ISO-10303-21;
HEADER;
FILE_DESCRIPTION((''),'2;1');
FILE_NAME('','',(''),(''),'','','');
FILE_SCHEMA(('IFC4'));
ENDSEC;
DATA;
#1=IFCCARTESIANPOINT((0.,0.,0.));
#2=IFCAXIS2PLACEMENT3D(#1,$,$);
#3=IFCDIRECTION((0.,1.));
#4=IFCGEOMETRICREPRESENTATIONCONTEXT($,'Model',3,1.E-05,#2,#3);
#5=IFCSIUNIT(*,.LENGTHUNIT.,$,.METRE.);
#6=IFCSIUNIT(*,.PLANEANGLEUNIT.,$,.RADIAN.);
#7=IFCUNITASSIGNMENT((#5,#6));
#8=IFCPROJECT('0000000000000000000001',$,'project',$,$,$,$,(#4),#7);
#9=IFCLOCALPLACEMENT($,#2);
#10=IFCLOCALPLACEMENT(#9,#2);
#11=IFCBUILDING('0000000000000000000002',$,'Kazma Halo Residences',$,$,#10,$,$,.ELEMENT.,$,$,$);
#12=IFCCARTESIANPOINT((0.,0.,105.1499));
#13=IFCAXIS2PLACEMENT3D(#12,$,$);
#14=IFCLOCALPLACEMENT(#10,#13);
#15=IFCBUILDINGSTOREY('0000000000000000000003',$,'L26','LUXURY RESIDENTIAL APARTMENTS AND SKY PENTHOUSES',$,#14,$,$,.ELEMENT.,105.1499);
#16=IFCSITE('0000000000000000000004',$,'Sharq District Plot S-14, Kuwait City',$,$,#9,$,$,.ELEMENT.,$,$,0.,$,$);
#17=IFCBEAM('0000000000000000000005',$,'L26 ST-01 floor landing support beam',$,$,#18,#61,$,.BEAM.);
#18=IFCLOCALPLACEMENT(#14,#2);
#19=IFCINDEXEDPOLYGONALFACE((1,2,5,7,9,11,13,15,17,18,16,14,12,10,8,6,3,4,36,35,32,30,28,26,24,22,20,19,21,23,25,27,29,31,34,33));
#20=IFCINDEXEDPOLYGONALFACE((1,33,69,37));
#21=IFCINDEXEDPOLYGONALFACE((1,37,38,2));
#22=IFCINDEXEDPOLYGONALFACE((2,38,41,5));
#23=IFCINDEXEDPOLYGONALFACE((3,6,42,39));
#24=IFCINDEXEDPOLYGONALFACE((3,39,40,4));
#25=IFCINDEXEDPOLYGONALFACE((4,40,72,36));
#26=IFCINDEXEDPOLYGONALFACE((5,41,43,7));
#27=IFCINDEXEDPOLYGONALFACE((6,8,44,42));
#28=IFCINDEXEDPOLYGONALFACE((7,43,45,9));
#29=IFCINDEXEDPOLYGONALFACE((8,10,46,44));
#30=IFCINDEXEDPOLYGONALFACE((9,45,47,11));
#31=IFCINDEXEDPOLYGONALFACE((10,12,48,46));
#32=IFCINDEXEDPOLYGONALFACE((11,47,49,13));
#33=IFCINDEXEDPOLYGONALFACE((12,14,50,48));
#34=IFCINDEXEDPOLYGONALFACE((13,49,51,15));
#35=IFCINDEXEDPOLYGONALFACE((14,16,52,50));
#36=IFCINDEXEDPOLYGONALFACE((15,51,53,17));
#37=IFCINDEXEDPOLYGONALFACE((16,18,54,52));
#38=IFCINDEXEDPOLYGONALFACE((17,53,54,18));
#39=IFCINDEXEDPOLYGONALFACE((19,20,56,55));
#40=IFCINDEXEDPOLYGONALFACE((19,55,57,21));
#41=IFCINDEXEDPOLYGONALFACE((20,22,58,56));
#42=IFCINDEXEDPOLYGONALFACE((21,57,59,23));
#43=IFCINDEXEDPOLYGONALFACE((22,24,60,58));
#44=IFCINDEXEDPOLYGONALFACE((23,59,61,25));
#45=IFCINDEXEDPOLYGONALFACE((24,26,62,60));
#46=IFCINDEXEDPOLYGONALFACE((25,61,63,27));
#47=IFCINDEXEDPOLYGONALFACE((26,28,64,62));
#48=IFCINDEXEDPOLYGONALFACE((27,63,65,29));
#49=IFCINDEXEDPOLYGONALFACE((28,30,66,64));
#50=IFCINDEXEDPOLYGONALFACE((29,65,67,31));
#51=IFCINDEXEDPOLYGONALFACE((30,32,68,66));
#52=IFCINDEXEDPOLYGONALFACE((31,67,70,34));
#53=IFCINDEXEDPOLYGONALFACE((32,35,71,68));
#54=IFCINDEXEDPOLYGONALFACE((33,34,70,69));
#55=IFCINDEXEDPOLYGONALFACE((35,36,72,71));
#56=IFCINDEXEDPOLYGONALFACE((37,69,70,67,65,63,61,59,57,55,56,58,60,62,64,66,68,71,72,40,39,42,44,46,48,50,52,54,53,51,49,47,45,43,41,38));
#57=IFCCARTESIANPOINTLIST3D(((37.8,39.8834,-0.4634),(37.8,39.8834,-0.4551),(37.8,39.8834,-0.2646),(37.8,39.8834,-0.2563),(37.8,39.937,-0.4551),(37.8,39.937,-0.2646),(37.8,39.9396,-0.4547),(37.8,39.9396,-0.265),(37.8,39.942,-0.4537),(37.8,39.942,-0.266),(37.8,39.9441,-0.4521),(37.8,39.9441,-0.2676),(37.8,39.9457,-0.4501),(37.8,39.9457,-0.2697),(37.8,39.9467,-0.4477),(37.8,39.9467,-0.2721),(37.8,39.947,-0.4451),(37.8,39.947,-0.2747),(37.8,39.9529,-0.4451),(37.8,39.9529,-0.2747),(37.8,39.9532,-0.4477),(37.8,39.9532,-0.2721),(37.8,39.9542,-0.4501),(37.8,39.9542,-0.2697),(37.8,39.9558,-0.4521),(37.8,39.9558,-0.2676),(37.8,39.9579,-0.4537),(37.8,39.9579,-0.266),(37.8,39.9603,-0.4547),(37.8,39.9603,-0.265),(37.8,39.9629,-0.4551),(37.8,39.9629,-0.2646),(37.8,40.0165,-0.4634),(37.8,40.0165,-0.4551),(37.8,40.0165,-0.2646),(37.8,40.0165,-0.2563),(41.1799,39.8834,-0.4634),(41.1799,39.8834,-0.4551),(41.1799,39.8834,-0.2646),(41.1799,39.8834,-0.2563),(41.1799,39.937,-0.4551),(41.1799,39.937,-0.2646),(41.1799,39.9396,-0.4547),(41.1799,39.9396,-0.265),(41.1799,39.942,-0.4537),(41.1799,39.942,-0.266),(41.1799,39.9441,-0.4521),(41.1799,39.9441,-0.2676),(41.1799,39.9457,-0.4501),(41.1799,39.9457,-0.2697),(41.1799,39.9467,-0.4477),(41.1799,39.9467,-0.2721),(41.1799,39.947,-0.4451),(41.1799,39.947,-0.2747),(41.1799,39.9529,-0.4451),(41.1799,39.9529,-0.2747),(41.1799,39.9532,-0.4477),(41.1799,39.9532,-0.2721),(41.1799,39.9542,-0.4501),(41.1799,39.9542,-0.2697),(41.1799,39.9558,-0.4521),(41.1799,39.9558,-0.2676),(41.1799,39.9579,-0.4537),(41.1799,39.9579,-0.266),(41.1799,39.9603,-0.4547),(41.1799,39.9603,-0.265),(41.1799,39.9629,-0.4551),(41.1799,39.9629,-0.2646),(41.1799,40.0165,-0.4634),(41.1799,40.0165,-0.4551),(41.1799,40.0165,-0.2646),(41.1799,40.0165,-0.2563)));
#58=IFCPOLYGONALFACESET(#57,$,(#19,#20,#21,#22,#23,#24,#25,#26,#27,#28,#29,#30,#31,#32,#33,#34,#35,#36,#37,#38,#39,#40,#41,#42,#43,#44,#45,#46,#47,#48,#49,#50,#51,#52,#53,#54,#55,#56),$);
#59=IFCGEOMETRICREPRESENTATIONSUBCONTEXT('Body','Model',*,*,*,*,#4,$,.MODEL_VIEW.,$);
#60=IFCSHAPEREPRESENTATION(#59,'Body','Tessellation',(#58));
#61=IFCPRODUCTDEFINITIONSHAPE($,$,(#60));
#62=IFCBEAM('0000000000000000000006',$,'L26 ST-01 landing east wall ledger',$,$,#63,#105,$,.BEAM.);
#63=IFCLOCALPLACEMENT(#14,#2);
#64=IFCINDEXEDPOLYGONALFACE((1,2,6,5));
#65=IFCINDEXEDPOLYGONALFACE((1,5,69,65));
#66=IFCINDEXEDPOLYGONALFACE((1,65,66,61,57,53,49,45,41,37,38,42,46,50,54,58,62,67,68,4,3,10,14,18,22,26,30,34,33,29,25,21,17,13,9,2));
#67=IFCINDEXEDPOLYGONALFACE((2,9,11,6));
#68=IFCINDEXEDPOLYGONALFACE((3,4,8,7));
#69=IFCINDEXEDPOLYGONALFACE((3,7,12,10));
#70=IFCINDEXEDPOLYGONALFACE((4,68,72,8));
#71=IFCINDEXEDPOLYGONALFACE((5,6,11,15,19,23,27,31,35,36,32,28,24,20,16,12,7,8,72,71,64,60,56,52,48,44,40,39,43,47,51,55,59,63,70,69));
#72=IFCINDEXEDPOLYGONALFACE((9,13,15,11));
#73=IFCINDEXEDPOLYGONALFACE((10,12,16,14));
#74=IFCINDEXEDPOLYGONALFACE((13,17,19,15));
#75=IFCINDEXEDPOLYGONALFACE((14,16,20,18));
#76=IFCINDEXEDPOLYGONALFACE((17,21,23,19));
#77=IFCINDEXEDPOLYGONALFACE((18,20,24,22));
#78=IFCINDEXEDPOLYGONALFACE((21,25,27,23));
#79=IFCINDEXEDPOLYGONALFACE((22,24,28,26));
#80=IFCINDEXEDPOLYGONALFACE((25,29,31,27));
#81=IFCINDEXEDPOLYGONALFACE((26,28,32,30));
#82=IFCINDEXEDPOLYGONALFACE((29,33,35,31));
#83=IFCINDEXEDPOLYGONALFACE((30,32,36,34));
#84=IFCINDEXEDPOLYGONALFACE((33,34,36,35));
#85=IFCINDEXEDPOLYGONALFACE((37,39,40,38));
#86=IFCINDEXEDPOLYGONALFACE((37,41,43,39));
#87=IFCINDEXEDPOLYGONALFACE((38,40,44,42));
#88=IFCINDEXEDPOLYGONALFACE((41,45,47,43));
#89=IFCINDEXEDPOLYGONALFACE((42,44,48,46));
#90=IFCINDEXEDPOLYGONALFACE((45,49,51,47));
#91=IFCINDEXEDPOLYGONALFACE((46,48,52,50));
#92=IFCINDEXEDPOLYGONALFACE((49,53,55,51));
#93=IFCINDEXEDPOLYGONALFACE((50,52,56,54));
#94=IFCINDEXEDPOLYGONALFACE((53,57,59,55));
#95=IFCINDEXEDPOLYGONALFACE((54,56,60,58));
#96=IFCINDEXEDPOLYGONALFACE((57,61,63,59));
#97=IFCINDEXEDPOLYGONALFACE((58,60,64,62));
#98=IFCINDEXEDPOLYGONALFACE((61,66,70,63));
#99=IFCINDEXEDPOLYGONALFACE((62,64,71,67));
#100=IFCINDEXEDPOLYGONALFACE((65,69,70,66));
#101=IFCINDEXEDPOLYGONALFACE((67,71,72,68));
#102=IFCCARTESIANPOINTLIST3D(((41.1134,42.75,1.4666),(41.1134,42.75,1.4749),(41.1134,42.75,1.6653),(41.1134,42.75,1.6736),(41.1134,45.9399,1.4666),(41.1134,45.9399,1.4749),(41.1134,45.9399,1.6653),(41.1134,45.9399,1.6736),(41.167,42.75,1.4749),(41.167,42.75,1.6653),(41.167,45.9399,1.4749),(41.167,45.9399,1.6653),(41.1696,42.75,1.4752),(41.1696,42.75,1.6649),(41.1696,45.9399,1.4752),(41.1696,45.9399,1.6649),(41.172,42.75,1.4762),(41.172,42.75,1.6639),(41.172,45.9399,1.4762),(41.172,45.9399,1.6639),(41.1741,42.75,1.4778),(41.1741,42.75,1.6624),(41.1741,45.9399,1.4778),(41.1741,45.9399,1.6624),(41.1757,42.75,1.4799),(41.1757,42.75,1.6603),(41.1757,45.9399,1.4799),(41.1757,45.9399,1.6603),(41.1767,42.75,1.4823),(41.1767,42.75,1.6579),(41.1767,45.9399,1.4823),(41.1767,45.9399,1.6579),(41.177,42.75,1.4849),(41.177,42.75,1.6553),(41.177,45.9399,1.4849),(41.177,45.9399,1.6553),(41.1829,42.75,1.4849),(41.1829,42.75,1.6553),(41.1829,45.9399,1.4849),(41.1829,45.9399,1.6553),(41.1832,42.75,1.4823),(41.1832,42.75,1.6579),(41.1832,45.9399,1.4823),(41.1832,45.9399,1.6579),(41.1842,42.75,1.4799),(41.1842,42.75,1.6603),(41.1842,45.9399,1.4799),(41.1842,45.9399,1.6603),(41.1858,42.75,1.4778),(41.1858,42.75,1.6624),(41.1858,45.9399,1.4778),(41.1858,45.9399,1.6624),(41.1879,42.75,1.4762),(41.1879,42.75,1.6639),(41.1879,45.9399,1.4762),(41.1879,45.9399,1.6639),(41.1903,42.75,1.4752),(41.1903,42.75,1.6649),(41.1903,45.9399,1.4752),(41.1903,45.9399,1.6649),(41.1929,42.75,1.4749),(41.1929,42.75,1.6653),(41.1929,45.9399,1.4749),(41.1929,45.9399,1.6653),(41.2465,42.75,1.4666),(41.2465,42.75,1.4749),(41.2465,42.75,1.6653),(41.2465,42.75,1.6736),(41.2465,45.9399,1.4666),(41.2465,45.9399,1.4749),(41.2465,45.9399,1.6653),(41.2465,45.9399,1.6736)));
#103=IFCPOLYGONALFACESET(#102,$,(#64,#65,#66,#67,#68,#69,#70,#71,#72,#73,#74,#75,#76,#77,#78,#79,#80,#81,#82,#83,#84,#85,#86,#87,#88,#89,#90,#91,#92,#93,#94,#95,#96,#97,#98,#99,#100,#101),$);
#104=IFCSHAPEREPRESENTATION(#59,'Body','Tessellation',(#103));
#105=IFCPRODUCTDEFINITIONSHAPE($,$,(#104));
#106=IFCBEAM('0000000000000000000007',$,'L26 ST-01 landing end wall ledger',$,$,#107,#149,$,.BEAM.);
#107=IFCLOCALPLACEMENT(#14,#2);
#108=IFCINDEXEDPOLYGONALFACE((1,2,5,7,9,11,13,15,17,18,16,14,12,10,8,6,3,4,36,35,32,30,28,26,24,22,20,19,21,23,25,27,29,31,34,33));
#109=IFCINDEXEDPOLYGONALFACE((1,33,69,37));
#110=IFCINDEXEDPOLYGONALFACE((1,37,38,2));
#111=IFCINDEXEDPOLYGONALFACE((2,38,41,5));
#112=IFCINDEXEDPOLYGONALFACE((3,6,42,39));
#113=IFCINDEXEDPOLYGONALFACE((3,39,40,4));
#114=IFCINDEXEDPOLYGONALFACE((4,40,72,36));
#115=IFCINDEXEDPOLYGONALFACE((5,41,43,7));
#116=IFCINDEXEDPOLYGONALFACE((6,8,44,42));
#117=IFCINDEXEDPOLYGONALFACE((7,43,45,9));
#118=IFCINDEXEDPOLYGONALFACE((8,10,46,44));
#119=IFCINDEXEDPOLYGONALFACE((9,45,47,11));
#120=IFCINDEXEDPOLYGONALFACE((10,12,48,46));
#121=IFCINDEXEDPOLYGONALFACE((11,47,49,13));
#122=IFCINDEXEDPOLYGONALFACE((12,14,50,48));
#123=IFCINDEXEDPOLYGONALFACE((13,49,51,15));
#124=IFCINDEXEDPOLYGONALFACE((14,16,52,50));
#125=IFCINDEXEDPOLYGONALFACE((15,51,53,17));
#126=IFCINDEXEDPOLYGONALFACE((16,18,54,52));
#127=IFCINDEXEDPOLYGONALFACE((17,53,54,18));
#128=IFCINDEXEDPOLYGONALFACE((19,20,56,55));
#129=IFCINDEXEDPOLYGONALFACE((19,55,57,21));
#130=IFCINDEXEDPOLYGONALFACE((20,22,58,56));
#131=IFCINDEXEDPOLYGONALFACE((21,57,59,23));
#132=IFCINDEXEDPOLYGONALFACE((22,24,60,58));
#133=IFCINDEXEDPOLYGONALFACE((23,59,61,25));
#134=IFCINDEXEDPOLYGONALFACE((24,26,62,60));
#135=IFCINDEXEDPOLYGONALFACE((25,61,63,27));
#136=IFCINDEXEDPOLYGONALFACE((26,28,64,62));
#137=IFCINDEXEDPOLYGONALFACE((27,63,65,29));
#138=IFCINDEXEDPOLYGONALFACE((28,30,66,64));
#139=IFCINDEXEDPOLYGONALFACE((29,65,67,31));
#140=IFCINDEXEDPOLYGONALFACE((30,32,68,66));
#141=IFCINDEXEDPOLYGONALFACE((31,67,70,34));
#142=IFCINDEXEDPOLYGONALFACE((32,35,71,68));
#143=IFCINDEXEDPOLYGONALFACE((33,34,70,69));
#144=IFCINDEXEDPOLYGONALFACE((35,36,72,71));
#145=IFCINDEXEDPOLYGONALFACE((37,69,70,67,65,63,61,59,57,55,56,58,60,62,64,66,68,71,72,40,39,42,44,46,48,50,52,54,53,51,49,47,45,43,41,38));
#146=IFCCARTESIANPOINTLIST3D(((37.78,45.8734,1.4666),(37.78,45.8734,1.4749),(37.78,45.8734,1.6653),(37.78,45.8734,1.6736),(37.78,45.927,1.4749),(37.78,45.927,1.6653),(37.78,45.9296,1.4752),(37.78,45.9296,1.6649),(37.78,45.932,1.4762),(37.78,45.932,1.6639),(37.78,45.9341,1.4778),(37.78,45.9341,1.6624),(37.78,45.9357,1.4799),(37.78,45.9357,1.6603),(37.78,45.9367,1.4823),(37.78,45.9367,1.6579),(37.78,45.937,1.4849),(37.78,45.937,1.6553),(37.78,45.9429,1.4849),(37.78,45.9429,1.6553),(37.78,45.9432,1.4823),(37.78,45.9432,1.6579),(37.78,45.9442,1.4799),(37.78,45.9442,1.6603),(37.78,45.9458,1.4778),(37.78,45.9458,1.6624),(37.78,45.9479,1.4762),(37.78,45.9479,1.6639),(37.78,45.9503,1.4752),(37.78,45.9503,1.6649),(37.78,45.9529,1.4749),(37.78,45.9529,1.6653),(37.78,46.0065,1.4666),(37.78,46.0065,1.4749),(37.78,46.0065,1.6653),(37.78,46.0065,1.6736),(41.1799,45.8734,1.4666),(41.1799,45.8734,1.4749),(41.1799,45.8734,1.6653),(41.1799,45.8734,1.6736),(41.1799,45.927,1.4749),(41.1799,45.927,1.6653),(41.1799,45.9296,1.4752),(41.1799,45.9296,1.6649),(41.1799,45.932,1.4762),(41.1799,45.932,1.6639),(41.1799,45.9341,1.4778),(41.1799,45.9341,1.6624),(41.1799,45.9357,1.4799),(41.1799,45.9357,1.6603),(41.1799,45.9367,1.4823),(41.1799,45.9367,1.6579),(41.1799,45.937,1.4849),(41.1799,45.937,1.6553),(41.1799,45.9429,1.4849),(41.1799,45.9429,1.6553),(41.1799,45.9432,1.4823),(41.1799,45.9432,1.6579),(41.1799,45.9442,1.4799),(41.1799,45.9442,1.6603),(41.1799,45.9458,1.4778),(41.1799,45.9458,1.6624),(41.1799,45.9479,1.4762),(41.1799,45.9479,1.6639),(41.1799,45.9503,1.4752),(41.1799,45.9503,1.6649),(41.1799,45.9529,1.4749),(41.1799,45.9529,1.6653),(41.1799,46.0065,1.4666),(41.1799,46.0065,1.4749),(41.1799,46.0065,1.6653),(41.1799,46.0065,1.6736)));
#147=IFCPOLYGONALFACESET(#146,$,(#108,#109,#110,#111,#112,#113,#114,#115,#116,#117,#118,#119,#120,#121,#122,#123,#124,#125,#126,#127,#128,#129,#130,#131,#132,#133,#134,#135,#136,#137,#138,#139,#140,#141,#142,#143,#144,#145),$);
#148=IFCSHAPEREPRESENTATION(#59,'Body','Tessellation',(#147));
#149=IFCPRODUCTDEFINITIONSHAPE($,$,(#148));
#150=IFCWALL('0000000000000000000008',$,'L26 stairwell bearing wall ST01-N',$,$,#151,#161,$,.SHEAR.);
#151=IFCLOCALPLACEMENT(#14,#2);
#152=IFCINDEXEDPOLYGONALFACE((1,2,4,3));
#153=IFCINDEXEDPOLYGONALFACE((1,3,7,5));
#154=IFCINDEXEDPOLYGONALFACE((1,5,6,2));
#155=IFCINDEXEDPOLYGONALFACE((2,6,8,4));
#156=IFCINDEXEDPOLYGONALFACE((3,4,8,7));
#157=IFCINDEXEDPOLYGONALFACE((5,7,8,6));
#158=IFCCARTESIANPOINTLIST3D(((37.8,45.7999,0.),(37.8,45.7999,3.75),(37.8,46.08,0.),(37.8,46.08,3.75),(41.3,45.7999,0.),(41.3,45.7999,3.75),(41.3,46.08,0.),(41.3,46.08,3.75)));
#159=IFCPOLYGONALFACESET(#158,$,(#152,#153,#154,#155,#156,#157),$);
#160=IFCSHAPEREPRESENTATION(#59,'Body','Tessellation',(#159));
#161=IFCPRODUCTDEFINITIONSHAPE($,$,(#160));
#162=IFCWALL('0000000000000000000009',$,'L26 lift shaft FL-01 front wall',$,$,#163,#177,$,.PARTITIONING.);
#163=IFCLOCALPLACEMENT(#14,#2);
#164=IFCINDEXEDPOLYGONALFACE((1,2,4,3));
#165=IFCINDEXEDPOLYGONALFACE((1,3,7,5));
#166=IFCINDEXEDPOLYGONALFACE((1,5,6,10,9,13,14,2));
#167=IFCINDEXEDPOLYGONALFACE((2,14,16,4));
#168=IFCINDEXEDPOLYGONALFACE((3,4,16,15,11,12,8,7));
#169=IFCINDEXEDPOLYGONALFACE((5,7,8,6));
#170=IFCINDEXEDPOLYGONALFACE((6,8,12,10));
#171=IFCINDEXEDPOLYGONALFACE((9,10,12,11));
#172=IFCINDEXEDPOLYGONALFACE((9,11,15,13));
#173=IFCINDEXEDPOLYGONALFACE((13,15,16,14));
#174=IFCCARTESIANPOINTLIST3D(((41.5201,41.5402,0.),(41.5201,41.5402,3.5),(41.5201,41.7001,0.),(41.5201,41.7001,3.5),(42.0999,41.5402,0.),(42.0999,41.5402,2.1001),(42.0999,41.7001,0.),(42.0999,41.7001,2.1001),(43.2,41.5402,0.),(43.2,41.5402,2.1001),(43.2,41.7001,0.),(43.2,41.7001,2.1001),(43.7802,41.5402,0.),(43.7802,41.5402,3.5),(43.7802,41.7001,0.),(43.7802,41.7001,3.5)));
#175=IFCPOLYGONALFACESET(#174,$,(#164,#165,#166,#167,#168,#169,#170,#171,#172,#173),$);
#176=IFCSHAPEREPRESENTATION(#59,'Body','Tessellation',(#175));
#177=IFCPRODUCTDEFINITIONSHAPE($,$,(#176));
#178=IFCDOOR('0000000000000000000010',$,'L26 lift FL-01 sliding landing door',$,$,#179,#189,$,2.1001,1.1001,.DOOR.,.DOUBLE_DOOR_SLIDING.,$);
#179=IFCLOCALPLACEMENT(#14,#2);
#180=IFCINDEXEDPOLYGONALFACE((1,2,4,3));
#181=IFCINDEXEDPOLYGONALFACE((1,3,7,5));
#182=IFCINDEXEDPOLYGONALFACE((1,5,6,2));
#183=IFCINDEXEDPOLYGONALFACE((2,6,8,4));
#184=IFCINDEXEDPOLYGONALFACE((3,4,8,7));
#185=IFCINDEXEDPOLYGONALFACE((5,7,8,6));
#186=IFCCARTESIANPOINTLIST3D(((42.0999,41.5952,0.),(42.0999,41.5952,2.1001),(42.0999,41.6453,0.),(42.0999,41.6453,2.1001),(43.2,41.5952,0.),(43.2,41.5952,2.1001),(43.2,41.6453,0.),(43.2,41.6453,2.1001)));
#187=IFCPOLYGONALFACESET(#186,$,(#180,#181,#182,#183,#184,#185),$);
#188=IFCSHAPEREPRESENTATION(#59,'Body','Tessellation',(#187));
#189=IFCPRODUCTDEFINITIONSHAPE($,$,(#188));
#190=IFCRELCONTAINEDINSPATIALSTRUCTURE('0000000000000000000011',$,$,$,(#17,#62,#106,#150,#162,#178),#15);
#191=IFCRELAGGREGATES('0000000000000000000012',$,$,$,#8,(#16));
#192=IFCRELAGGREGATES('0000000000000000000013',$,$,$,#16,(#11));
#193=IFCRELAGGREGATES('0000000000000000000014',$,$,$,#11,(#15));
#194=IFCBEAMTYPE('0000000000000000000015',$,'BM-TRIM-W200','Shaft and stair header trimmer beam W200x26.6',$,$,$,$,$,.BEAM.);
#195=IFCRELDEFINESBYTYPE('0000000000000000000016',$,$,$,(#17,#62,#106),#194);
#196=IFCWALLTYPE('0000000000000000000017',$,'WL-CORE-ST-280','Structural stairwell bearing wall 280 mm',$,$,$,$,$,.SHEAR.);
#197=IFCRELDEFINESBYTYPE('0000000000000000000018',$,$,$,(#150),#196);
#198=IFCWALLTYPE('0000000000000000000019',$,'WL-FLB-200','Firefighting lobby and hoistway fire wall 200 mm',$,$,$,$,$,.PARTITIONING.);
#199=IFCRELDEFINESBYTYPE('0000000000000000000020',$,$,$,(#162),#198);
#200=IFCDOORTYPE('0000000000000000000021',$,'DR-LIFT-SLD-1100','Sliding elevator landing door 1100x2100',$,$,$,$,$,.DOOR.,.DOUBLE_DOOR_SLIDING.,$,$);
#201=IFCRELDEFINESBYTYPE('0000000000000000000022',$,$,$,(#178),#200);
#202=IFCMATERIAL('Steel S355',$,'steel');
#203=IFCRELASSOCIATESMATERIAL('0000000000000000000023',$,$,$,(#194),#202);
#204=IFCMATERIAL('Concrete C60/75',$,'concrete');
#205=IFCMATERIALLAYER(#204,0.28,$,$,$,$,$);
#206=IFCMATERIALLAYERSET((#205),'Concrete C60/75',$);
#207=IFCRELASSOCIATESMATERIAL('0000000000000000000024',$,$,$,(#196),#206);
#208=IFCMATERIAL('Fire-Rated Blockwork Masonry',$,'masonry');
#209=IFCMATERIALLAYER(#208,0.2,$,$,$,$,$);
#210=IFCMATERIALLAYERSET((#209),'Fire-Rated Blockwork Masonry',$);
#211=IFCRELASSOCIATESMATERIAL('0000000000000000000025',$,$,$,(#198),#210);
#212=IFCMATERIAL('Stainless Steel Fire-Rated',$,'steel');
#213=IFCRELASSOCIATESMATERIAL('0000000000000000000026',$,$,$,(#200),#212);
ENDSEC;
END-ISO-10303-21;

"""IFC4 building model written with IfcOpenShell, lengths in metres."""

from ifc_helpers import new_model, si_unit, direction, frame, frame_2d, origin, origin_2d, place, context, subcontext, project, spatial, rectangle, i_section, extrude, material, layer, layer_set, material_profile, profile_set, type_object, element, fill, save


model = new_model("IFC4")

# Units and contexts
model_context = context("Model", 3, precision=1e-05, world=origin(), true_north=direction((0.0, 1.0)))
body_context = subcontext(model_context, "Body", "Model", "MODEL_VIEW")
ifc_project = project(units=[si_unit("LENGTHUNIT", "METRE"), si_unit("PLANEANGLEUNIT", "RADIAN")], contexts=[model_context])

# Site, building, storey
site_placement = place(None, origin())
site = spatial("IfcSite", under=ifc_project, at=site_placement, Name="Sharq District Plot S-14, Kuwait City", CompositionType="ELEMENT", RefElevation=0.0)
building_placement = place(site_placement, origin())
building = spatial("IfcBuilding", under=site, at=building_placement, Name="Kazma Halo Residences", CompositionType="ELEMENT")
storey_placement = place(building_placement, frame((0.0, 0.0, 105.1499)))
storey = spatial("IfcBuildingStorey", under=building, at=storey_placement, Name="L26", Description="LUXURY RESIDENTIAL APARTMENTS AND SKY PENTHOUSES", CompositionType="ELEMENT", Elevation=105.1499)

# Shared definitions
ifc_material_1 = material(Name="Steel S355", Category="steel")

# Beams
ifc_material_profile_1 = material_profile(ifc_material_1, i_section(OverallWidth=0.1331, OverallDepth=0.207, WebThickness=0.0059, FlangeThickness=0.0083, FilletRadius=0.01, at=origin_2d()), Name="W200x26.6")
ifc_profile_set_1 = profile_set([ifc_material_profile_1], Name="Steel S355")
beam_type_1 = type_object("IfcBeamType", Name="BM-TRIM-W200", Description="Shaft and stair header trimmer beam W200x26.6", PredefinedType="BEAM", material=ifc_profile_set_1)
beam_1_placement = place(storey_placement, frame((37.8, 39.95, -0.3599), z_axis=(1.0, 0.0, 0.0), x_axis=(0.0, 1.0, 0.0)))
element("IfcBeam", 1, at=beam_1_placement, inside=storey, type_object=beam_type_1, Name="L26 ST-01 floor landing support beam", PredefinedType="BEAM", context=body_context, shape_type="SweptSolid", body=[
    extrude(i_section(OverallWidth=0.1331, OverallDepth=0.207, WebThickness=0.0059, FlangeThickness=0.0083, FilletRadius=0.01, at=origin_2d()), origin(), (0.0, 0.0, 1.0), 3.3799),
])
beam_2_placement = place(storey_placement, frame((41.1799, 42.75, 1.5701), z_axis=(0.0, 1.0, 0.0), x_axis=(-1.0, 0.0, 0.0)))
element("IfcBeam", 2, at=beam_2_placement, inside=storey, type_object=beam_type_1, Name="L26 ST-01 landing east wall ledger", PredefinedType="BEAM", context=body_context, shape_type="SweptSolid", body=[
    extrude(i_section(OverallWidth=0.1331, OverallDepth=0.207, WebThickness=0.0059, FlangeThickness=0.0083, FilletRadius=0.01, at=origin_2d()), origin(), (0.0, 0.0, 1.0), 3.1899),
])
beam_3_placement = place(storey_placement, frame((37.78, 45.9399, 1.5701), z_axis=(1.0, 0.0, 0.0), x_axis=(0.0, 1.0, 0.0)))
element("IfcBeam", 3, at=beam_3_placement, inside=storey, type_object=beam_type_1, Name="L26 ST-01 landing end wall ledger", PredefinedType="BEAM", context=body_context, shape_type="SweptSolid", body=[
    extrude(i_section(OverallWidth=0.1331, OverallDepth=0.207, WebThickness=0.0059, FlangeThickness=0.0083, FilletRadius=0.01, at=origin_2d()), origin(), (0.0, 0.0, 1.0), 3.3999),
])

# Wall
ifc_material_2 = material(Name="Concrete C60/75", Category="concrete")
ifc_layer_1 = layer(ifc_material_2, 0.28)
ifc_layer_set_1 = layer_set([ifc_layer_1], Name="Concrete C60/75")
wall_type_1 = type_object("IfcWallType", Name="WL-CORE-ST-280", Description="Structural stairwell bearing wall 280 mm", PredefinedType="SHEAR", material=ifc_layer_set_1)
wall_1_placement = place(storey_placement, frame((37.8, 45.9399, 0.0), z_axis=(0.0, 0.0, 1.0), x_axis=(1.0, 0.0, 0.0)))
element("IfcWall", 4, at=wall_1_placement, inside=storey, type_object=wall_type_1, Name="L26 stairwell bearing wall ST01-N", PredefinedType="SHEAR", context=body_context, shape_type="SweptSolid", body=[
    extrude(rectangle(XDim=3.5, YDim=0.28, at=frame_2d((1.75, 0.0))), origin(), (0.0, 0.0, 1.0), 3.75),
])

# Wall, opening, door
ifc_material_3 = material(Name="Fire-Rated Blockwork Masonry", Category="masonry")
ifc_layer_2 = layer(ifc_material_3, 0.2)
ifc_layer_set_2 = layer_set([ifc_layer_2], Name="Fire-Rated Blockwork Masonry")
wall_type_2 = type_object("IfcWallType", Name="WL-FLB-200", Description="Firefighting lobby and hoistway fire wall 200 mm", PredefinedType="PARTITIONING", material=ifc_layer_set_2)
wall_2_placement = place(storey_placement, frame((43.78, 41.6201, 0.0), z_axis=(0.0, 0.0, 1.0), x_axis=(-1.0, 0.0, 0.0)))
wall_2 = element("IfcWall", 5, at=wall_2_placement, inside=storey, type_object=wall_type_2, Name="L26 lift shaft FL-01 front wall", PredefinedType="PARTITIONING", context=body_context, shape_type="SweptSolid", body=[
    extrude(rectangle(XDim=2.26, YDim=0.1599, at=frame_2d((1.1299, 0.0))), origin(), (0.0, 0.0, 1.0), 3.5),
])
opening_1_placement = place(wall_2_placement, frame((0.5801, 0.0, 0.0)))
opening_1 = element("IfcOpeningElement", 6, at=opening_1_placement, cuts=wall_2, PredefinedType="OPENING", context=body_context, shape_type="SweptSolid", body=[
    extrude(rectangle(XDim=1.1001, YDim=2.1001, at=frame_2d((0.55, 1.05))), frame((0.0, 0.0898, 0.0), z_axis=(0.0, -1.0, 0.0), x_axis=(1.0, 0.0, 0.0)), (0.0, 0.0, 1.0), 0.1799),
])
ifc_material_4 = material(Name="Stainless Steel Fire-Rated", Category="steel")
door_type_1 = type_object("IfcDoorType", Name="DR-LIFT-SLD-1100", Description="Sliding elevator landing door 1100x2100", OperationType="DOUBLE_DOOR_SLIDING", PredefinedType="DOOR", material=ifc_material_4)
door_1_placement = place(opening_1_placement, origin())
door_1 = element("IfcDoor", 7, at=door_1_placement, inside=storey, type_object=door_type_1, Name="L26 lift FL-01 sliding landing door", OperationType="DOUBLE_DOOR_SLIDING", OverallHeight=2.1001, OverallWidth=1.1001, PredefinedType="DOOR", context=body_context, shape_type="SweptSolid", body=[
    extrude(rectangle(XDim=1.1001, YDim=2.1001, at=frame_2d((0.55, 1.05))), frame((0.0, 0.0249, 0.0), z_axis=(0.0, -1.0, 0.0), x_axis=(1.0, 0.0, 0.0)), (0.0, 0.0, 1.0), 0.05),
])
fill(opening_1, door_1)

save(model, "model.ifc")
